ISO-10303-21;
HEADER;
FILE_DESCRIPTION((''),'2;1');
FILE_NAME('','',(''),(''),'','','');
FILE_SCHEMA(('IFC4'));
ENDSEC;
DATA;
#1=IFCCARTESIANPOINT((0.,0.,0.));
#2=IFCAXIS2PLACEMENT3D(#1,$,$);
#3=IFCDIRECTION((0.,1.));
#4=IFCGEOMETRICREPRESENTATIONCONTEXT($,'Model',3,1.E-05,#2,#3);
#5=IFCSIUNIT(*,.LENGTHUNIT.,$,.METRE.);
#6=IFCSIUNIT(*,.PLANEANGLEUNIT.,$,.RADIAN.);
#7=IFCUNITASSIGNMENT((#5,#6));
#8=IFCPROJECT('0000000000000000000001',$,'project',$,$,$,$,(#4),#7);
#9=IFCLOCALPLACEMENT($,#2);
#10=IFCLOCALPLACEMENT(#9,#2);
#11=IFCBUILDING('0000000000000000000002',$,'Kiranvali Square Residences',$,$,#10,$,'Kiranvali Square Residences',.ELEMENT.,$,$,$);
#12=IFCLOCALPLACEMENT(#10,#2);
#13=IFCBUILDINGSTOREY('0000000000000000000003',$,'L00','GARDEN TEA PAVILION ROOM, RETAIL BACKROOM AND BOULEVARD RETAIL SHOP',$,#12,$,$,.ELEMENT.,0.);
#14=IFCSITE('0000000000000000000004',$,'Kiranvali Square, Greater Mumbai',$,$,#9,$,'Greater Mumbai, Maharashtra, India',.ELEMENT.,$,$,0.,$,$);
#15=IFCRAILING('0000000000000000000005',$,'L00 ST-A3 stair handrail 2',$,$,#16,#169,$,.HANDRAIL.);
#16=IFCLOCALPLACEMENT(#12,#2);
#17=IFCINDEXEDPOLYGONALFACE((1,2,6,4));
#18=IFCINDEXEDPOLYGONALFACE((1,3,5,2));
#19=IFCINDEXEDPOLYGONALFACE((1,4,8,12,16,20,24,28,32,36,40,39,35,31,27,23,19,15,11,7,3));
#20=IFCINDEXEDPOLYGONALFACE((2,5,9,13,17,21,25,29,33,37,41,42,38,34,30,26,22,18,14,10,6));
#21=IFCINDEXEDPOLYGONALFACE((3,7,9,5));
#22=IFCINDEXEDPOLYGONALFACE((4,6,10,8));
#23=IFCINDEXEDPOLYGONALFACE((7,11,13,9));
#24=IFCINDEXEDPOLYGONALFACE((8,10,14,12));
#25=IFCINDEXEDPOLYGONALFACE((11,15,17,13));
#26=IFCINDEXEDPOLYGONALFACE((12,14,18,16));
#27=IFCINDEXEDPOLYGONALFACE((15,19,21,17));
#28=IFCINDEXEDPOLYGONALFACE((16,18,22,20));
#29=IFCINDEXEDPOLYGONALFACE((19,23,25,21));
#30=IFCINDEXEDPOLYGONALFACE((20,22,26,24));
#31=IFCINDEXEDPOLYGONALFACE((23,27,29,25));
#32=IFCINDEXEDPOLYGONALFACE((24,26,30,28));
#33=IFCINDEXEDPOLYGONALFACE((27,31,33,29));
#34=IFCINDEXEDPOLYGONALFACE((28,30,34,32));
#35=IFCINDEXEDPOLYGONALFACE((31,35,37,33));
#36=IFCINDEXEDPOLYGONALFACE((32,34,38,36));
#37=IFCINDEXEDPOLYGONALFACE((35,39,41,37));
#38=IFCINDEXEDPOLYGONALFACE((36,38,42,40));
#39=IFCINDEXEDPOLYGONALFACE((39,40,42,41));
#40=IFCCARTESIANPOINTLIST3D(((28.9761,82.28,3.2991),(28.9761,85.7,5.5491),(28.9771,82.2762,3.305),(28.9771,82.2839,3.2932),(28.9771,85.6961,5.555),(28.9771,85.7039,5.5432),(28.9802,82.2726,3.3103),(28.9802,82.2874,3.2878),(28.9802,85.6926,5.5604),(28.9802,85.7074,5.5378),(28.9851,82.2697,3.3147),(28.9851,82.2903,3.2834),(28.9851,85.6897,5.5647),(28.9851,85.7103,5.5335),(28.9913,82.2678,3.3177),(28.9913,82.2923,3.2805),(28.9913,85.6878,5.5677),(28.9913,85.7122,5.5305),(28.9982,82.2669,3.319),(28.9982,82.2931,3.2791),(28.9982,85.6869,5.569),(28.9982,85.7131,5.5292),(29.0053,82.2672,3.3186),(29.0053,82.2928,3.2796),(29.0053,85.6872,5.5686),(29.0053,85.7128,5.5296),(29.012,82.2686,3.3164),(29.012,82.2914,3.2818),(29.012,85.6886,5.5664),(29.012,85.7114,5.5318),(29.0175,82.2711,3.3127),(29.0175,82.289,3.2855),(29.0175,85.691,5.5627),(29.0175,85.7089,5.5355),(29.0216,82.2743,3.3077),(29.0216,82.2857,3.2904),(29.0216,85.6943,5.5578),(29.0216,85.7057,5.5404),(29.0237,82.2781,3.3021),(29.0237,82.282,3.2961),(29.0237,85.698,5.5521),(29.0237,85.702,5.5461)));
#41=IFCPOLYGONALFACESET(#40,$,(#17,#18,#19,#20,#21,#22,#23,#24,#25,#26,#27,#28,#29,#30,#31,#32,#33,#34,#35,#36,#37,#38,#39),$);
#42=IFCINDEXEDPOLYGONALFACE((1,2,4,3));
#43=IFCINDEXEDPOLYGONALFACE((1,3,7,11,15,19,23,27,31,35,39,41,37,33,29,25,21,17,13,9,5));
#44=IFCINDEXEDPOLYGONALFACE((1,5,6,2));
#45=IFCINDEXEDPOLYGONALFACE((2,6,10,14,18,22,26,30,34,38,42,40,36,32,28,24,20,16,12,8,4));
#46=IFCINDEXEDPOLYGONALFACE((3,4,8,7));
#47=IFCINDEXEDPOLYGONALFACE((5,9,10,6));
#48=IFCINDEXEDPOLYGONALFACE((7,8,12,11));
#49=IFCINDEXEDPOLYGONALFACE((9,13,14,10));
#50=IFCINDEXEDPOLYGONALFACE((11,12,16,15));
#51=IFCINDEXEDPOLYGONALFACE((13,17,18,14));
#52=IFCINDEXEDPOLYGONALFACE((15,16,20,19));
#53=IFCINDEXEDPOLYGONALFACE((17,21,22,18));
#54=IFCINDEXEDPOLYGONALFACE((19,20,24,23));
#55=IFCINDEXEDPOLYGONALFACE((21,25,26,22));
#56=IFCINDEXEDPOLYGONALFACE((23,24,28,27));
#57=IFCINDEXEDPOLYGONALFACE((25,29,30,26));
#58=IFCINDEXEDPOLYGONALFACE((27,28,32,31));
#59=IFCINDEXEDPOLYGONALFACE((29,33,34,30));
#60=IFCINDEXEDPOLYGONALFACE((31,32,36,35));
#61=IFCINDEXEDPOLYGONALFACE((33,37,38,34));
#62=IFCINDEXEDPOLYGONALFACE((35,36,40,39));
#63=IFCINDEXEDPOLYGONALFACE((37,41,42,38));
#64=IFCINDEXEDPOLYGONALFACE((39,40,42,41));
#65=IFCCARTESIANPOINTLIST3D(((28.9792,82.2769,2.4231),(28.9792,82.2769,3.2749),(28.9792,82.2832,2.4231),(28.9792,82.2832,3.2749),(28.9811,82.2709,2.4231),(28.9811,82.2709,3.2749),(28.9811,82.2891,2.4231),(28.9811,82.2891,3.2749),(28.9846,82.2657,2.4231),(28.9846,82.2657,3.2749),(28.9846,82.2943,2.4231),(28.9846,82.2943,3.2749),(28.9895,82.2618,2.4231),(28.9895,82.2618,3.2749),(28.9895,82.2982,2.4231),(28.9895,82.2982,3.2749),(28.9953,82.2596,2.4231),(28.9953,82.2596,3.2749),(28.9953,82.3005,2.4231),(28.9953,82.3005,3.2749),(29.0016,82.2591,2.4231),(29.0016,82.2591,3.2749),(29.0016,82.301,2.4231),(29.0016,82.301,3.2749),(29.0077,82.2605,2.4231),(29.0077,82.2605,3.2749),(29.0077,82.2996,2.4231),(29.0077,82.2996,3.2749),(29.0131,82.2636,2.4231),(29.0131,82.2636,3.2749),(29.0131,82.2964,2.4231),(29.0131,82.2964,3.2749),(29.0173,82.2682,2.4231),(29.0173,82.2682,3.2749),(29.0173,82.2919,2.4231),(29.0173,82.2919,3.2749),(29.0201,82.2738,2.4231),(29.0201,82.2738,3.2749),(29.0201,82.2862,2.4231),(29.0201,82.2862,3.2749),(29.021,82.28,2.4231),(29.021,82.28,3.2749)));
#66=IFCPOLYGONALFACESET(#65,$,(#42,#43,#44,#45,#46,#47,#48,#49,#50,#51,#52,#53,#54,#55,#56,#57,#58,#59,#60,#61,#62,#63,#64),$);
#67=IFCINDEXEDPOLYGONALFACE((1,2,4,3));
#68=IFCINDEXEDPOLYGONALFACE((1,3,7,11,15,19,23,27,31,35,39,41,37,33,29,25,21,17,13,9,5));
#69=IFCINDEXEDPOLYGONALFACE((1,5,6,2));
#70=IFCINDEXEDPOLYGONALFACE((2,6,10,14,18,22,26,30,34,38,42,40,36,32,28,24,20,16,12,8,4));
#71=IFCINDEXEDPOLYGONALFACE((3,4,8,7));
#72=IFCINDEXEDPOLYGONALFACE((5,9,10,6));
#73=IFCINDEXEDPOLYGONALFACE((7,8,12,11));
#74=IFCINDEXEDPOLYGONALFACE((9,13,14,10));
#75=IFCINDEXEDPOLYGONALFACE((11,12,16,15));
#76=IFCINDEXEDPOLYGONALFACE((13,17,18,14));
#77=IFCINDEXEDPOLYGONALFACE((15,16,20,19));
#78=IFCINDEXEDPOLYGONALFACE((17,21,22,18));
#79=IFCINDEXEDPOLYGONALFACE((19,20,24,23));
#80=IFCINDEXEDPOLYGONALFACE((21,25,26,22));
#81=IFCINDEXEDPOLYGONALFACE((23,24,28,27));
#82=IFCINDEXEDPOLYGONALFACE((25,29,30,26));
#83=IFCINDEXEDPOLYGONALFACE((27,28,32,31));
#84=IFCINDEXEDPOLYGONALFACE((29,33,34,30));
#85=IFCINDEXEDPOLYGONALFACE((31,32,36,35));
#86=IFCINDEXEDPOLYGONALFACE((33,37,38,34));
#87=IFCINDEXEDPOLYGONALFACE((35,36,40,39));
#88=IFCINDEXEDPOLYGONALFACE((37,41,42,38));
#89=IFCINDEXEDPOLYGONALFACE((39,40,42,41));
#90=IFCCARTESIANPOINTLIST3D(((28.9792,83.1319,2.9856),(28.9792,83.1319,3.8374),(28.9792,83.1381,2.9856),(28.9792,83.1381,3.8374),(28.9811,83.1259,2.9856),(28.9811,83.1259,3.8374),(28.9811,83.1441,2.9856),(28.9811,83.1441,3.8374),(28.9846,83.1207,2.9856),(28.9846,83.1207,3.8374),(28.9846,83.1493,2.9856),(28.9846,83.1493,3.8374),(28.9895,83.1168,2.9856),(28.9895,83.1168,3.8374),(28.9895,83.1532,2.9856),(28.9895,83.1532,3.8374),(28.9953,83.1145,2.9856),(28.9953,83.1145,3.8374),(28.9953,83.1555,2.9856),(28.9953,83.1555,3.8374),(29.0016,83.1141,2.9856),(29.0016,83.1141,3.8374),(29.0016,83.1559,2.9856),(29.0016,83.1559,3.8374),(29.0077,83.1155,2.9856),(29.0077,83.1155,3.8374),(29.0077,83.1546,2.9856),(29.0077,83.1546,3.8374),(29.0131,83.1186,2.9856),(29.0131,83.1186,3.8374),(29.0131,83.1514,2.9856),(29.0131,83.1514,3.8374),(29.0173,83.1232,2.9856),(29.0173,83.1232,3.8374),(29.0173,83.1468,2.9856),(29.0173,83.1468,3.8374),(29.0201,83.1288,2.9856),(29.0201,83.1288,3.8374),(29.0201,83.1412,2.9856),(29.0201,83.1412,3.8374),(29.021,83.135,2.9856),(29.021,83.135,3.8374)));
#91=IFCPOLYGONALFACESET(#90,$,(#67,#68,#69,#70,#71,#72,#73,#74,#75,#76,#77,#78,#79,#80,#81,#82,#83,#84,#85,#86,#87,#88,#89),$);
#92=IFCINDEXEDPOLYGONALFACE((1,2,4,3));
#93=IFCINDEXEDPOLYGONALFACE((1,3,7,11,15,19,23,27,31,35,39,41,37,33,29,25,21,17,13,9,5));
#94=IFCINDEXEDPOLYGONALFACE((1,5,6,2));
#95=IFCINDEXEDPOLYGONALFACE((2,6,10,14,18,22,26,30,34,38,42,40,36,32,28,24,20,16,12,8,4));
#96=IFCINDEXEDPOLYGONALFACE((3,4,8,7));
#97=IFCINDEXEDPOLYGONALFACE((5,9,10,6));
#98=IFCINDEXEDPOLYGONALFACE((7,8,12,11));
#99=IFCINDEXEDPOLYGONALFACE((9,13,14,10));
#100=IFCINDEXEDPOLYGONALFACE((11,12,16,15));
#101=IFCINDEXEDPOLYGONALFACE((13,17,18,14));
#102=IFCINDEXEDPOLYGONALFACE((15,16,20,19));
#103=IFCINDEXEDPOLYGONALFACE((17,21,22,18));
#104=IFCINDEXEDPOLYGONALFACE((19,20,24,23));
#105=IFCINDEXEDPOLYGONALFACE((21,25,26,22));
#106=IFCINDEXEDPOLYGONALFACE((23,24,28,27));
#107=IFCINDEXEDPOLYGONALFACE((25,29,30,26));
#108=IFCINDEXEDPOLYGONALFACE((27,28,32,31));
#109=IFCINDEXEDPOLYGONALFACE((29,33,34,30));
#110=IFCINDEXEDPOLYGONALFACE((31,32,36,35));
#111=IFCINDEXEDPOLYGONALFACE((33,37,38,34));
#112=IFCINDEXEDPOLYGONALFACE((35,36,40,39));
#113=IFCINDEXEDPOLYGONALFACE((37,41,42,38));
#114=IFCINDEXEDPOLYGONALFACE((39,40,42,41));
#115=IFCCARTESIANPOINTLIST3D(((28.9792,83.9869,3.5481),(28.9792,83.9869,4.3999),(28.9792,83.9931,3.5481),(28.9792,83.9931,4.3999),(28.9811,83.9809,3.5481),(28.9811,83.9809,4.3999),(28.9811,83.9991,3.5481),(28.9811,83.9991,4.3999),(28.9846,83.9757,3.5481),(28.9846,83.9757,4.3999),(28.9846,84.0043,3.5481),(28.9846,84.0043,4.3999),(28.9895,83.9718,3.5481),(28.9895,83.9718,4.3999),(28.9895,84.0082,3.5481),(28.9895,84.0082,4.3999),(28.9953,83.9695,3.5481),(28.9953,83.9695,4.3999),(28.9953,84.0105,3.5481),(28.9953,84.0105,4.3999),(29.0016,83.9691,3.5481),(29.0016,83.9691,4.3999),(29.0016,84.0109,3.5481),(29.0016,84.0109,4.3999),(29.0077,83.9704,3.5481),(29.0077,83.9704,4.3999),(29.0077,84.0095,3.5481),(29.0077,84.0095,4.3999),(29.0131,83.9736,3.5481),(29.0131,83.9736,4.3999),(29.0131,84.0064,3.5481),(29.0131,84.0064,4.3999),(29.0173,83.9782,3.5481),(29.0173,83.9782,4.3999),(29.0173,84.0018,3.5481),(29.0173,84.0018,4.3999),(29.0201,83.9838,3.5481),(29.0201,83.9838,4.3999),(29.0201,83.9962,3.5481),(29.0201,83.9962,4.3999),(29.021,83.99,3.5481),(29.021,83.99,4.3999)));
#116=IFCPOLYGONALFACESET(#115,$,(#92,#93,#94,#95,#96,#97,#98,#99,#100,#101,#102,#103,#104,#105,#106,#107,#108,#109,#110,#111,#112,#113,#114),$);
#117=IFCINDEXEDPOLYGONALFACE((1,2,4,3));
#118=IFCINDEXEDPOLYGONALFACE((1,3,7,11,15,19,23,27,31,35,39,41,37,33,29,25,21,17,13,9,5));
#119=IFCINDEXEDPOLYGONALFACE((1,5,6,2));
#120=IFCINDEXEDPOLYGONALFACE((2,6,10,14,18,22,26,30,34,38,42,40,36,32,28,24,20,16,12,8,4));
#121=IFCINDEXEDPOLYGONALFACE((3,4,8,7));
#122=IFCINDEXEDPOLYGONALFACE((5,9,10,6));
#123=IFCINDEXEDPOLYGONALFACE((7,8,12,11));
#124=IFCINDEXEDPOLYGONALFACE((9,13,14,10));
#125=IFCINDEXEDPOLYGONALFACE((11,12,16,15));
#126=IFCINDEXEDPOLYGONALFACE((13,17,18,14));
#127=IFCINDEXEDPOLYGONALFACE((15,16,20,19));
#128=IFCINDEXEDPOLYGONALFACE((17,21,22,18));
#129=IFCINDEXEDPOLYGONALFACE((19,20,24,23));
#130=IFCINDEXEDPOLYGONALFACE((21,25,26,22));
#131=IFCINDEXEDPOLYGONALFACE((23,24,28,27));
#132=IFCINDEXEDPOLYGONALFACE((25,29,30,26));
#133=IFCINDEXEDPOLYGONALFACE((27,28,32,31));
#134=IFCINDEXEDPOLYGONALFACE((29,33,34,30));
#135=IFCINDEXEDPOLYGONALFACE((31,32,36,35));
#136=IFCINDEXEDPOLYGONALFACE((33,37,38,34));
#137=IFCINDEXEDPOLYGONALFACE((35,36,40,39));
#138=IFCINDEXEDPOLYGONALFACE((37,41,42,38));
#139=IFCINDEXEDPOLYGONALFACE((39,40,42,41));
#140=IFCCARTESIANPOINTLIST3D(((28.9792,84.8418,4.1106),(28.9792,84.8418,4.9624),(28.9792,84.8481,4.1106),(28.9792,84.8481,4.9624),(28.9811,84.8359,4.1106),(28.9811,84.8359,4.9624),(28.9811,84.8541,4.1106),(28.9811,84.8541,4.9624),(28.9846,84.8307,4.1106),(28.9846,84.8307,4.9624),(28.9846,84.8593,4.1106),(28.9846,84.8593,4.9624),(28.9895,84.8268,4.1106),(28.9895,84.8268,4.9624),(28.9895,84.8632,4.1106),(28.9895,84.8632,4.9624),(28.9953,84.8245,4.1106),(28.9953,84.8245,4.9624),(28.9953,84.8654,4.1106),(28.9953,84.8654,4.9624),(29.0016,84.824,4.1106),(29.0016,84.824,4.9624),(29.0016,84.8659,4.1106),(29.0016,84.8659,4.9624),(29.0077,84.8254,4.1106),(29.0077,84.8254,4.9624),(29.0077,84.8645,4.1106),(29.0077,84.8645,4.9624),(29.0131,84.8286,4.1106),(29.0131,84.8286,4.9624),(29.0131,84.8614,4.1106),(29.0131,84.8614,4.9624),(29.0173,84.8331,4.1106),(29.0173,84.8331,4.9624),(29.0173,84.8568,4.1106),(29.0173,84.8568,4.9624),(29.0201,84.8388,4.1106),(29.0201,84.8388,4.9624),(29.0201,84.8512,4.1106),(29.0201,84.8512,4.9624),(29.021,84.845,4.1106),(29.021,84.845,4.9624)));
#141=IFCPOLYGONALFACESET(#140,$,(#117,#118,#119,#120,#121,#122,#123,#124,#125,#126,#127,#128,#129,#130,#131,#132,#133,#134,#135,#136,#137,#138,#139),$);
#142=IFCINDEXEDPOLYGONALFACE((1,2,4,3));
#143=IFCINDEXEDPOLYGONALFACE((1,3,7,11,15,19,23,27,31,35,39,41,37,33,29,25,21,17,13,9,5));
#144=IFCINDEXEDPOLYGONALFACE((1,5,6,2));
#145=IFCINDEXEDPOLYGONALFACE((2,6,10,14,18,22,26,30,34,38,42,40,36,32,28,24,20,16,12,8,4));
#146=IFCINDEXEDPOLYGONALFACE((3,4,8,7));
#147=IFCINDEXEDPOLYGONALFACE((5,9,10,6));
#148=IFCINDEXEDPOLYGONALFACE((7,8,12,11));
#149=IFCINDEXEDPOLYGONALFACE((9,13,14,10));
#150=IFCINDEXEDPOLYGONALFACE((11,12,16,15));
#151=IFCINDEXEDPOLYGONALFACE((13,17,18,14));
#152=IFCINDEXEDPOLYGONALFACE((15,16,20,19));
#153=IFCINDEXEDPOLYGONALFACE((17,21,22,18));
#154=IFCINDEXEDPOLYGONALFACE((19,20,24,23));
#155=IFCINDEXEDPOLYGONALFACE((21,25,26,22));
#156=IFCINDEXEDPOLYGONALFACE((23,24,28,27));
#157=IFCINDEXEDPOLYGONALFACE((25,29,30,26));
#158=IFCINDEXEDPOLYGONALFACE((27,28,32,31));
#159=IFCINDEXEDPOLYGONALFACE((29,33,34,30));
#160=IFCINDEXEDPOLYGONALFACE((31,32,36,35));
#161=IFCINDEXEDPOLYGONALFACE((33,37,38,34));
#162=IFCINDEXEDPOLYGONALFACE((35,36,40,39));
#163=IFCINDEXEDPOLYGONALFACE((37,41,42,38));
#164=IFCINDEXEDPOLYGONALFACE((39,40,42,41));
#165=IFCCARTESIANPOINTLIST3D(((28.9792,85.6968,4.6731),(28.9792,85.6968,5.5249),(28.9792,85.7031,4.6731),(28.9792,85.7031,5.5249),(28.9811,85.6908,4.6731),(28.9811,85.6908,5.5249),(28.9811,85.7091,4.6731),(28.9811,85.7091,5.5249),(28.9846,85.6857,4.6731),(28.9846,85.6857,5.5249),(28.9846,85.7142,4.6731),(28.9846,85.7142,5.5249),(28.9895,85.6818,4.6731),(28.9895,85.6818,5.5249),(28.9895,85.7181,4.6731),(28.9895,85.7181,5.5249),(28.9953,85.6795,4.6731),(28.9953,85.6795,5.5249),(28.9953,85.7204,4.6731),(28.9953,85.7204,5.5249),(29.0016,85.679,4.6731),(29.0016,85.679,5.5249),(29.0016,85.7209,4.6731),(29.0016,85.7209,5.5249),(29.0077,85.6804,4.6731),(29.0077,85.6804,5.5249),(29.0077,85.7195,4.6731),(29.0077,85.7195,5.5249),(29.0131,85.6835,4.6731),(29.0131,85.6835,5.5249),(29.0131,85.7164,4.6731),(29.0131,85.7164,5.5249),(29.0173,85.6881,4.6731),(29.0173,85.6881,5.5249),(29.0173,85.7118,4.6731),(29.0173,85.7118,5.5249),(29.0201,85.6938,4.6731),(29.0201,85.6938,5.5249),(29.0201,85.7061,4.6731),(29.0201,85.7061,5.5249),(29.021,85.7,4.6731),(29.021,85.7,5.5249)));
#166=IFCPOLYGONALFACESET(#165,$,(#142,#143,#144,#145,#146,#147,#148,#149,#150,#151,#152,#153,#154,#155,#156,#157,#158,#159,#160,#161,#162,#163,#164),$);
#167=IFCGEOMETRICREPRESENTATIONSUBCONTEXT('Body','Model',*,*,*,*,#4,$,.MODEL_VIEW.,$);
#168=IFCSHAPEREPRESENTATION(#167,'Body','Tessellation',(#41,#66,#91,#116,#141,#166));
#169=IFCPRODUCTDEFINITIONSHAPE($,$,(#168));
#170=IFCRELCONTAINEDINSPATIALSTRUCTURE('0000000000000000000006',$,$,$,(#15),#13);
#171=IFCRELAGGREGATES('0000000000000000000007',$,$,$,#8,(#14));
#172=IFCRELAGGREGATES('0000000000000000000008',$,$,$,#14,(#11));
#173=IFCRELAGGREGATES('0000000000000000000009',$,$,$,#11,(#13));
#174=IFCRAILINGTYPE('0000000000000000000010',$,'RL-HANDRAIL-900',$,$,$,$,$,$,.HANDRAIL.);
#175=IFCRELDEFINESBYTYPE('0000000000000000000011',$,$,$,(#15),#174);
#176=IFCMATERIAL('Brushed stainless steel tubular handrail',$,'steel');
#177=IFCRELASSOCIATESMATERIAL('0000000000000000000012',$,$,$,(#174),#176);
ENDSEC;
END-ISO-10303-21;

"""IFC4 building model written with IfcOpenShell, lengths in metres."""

from ifc_helpers import new_model, si_unit, direction, frame, origin, origin_2d, place, context, subcontext, project, spatial, circle, extrude, material, type_object, element, save


model = new_model("IFC4")

# Units and contexts
model_context = context("Model", 3, precision=1e-05, world=origin(), true_north=direction((0.0, 1.0)))
body_context = subcontext(model_context, "Body", "Model", "MODEL_VIEW")
ifc_project = project(units=[si_unit("LENGTHUNIT", "METRE"), si_unit("PLANEANGLEUNIT", "RADIAN")], contexts=[model_context])

# Site, building, storey
site_placement = place(None, origin())
site = spatial("IfcSite", under=ifc_project, at=site_placement, Name="Kiranvali Square, Greater Mumbai", LongName="Greater Mumbai, Maharashtra, India", CompositionType="ELEMENT", RefElevation=0.0)
building_placement = place(site_placement, origin())
building = spatial("IfcBuilding", under=site, at=building_placement, Name="Kiranvali Square Residences", LongName="Kiranvali Square Residences", CompositionType="ELEMENT")
storey_placement = place(building_placement, origin())
storey = spatial("IfcBuildingStorey", under=building, at=storey_placement, Name="L00", Description="GARDEN TEA PAVILION ROOM, RETAIL BACKROOM AND BOULEVARD RETAIL SHOP", CompositionType="ELEMENT", Elevation=0.0)

# Railing
ifc_material_1 = material(Name="Brushed stainless steel tubular handrail", Category="steel")
railing_type = type_object("IfcRailingType", Name="RL-HANDRAIL-900", PredefinedType="HANDRAIL", material=ifc_material_1)
railing_placement = place(storey_placement, frame((29.0, 82.28, 2.4231)))
element("IfcRailing", 1, at=railing_placement, inside=storey, type_object=railing_type, Name="L00 ST-A3 stair handrail 2", PredefinedType="HANDRAIL", context=body_context, shape_type="SweptSolid", body=[
    extrude(circle(Radius=0.0239, at=origin_2d()), frame((0.0, 0.0, 0.876), z_axis=(0.0, 0.835411, 0.549625), x_axis=(-1.0, 0.0, 0.0)), (0.0, 0.0, 1.0), 4.0938),
    extrude(circle(Radius=0.021, at=origin_2d()), origin(), (0.0, 0.0, 1.0), 0.8518),
    extrude(circle(Radius=0.021, at=origin_2d()), frame((0.0, 0.855, 0.5625)), (0.0, 0.0, 1.0), 0.8518),
    extrude(circle(Radius=0.021, at=origin_2d()), frame((0.0, 1.71, 1.125)), (0.0, 0.0, 1.0), 0.8518),
    extrude(circle(Radius=0.021, at=origin_2d()), frame((0.0, 2.5649, 1.6875)), (0.0, 0.0, 1.0), 0.8518),
    extrude(circle(Radius=0.021, at=origin_2d()), frame((0.0, 3.4199, 2.25)), (0.0, 0.0, 1.0), 0.8518),
])

save(model, "model.ifc")
